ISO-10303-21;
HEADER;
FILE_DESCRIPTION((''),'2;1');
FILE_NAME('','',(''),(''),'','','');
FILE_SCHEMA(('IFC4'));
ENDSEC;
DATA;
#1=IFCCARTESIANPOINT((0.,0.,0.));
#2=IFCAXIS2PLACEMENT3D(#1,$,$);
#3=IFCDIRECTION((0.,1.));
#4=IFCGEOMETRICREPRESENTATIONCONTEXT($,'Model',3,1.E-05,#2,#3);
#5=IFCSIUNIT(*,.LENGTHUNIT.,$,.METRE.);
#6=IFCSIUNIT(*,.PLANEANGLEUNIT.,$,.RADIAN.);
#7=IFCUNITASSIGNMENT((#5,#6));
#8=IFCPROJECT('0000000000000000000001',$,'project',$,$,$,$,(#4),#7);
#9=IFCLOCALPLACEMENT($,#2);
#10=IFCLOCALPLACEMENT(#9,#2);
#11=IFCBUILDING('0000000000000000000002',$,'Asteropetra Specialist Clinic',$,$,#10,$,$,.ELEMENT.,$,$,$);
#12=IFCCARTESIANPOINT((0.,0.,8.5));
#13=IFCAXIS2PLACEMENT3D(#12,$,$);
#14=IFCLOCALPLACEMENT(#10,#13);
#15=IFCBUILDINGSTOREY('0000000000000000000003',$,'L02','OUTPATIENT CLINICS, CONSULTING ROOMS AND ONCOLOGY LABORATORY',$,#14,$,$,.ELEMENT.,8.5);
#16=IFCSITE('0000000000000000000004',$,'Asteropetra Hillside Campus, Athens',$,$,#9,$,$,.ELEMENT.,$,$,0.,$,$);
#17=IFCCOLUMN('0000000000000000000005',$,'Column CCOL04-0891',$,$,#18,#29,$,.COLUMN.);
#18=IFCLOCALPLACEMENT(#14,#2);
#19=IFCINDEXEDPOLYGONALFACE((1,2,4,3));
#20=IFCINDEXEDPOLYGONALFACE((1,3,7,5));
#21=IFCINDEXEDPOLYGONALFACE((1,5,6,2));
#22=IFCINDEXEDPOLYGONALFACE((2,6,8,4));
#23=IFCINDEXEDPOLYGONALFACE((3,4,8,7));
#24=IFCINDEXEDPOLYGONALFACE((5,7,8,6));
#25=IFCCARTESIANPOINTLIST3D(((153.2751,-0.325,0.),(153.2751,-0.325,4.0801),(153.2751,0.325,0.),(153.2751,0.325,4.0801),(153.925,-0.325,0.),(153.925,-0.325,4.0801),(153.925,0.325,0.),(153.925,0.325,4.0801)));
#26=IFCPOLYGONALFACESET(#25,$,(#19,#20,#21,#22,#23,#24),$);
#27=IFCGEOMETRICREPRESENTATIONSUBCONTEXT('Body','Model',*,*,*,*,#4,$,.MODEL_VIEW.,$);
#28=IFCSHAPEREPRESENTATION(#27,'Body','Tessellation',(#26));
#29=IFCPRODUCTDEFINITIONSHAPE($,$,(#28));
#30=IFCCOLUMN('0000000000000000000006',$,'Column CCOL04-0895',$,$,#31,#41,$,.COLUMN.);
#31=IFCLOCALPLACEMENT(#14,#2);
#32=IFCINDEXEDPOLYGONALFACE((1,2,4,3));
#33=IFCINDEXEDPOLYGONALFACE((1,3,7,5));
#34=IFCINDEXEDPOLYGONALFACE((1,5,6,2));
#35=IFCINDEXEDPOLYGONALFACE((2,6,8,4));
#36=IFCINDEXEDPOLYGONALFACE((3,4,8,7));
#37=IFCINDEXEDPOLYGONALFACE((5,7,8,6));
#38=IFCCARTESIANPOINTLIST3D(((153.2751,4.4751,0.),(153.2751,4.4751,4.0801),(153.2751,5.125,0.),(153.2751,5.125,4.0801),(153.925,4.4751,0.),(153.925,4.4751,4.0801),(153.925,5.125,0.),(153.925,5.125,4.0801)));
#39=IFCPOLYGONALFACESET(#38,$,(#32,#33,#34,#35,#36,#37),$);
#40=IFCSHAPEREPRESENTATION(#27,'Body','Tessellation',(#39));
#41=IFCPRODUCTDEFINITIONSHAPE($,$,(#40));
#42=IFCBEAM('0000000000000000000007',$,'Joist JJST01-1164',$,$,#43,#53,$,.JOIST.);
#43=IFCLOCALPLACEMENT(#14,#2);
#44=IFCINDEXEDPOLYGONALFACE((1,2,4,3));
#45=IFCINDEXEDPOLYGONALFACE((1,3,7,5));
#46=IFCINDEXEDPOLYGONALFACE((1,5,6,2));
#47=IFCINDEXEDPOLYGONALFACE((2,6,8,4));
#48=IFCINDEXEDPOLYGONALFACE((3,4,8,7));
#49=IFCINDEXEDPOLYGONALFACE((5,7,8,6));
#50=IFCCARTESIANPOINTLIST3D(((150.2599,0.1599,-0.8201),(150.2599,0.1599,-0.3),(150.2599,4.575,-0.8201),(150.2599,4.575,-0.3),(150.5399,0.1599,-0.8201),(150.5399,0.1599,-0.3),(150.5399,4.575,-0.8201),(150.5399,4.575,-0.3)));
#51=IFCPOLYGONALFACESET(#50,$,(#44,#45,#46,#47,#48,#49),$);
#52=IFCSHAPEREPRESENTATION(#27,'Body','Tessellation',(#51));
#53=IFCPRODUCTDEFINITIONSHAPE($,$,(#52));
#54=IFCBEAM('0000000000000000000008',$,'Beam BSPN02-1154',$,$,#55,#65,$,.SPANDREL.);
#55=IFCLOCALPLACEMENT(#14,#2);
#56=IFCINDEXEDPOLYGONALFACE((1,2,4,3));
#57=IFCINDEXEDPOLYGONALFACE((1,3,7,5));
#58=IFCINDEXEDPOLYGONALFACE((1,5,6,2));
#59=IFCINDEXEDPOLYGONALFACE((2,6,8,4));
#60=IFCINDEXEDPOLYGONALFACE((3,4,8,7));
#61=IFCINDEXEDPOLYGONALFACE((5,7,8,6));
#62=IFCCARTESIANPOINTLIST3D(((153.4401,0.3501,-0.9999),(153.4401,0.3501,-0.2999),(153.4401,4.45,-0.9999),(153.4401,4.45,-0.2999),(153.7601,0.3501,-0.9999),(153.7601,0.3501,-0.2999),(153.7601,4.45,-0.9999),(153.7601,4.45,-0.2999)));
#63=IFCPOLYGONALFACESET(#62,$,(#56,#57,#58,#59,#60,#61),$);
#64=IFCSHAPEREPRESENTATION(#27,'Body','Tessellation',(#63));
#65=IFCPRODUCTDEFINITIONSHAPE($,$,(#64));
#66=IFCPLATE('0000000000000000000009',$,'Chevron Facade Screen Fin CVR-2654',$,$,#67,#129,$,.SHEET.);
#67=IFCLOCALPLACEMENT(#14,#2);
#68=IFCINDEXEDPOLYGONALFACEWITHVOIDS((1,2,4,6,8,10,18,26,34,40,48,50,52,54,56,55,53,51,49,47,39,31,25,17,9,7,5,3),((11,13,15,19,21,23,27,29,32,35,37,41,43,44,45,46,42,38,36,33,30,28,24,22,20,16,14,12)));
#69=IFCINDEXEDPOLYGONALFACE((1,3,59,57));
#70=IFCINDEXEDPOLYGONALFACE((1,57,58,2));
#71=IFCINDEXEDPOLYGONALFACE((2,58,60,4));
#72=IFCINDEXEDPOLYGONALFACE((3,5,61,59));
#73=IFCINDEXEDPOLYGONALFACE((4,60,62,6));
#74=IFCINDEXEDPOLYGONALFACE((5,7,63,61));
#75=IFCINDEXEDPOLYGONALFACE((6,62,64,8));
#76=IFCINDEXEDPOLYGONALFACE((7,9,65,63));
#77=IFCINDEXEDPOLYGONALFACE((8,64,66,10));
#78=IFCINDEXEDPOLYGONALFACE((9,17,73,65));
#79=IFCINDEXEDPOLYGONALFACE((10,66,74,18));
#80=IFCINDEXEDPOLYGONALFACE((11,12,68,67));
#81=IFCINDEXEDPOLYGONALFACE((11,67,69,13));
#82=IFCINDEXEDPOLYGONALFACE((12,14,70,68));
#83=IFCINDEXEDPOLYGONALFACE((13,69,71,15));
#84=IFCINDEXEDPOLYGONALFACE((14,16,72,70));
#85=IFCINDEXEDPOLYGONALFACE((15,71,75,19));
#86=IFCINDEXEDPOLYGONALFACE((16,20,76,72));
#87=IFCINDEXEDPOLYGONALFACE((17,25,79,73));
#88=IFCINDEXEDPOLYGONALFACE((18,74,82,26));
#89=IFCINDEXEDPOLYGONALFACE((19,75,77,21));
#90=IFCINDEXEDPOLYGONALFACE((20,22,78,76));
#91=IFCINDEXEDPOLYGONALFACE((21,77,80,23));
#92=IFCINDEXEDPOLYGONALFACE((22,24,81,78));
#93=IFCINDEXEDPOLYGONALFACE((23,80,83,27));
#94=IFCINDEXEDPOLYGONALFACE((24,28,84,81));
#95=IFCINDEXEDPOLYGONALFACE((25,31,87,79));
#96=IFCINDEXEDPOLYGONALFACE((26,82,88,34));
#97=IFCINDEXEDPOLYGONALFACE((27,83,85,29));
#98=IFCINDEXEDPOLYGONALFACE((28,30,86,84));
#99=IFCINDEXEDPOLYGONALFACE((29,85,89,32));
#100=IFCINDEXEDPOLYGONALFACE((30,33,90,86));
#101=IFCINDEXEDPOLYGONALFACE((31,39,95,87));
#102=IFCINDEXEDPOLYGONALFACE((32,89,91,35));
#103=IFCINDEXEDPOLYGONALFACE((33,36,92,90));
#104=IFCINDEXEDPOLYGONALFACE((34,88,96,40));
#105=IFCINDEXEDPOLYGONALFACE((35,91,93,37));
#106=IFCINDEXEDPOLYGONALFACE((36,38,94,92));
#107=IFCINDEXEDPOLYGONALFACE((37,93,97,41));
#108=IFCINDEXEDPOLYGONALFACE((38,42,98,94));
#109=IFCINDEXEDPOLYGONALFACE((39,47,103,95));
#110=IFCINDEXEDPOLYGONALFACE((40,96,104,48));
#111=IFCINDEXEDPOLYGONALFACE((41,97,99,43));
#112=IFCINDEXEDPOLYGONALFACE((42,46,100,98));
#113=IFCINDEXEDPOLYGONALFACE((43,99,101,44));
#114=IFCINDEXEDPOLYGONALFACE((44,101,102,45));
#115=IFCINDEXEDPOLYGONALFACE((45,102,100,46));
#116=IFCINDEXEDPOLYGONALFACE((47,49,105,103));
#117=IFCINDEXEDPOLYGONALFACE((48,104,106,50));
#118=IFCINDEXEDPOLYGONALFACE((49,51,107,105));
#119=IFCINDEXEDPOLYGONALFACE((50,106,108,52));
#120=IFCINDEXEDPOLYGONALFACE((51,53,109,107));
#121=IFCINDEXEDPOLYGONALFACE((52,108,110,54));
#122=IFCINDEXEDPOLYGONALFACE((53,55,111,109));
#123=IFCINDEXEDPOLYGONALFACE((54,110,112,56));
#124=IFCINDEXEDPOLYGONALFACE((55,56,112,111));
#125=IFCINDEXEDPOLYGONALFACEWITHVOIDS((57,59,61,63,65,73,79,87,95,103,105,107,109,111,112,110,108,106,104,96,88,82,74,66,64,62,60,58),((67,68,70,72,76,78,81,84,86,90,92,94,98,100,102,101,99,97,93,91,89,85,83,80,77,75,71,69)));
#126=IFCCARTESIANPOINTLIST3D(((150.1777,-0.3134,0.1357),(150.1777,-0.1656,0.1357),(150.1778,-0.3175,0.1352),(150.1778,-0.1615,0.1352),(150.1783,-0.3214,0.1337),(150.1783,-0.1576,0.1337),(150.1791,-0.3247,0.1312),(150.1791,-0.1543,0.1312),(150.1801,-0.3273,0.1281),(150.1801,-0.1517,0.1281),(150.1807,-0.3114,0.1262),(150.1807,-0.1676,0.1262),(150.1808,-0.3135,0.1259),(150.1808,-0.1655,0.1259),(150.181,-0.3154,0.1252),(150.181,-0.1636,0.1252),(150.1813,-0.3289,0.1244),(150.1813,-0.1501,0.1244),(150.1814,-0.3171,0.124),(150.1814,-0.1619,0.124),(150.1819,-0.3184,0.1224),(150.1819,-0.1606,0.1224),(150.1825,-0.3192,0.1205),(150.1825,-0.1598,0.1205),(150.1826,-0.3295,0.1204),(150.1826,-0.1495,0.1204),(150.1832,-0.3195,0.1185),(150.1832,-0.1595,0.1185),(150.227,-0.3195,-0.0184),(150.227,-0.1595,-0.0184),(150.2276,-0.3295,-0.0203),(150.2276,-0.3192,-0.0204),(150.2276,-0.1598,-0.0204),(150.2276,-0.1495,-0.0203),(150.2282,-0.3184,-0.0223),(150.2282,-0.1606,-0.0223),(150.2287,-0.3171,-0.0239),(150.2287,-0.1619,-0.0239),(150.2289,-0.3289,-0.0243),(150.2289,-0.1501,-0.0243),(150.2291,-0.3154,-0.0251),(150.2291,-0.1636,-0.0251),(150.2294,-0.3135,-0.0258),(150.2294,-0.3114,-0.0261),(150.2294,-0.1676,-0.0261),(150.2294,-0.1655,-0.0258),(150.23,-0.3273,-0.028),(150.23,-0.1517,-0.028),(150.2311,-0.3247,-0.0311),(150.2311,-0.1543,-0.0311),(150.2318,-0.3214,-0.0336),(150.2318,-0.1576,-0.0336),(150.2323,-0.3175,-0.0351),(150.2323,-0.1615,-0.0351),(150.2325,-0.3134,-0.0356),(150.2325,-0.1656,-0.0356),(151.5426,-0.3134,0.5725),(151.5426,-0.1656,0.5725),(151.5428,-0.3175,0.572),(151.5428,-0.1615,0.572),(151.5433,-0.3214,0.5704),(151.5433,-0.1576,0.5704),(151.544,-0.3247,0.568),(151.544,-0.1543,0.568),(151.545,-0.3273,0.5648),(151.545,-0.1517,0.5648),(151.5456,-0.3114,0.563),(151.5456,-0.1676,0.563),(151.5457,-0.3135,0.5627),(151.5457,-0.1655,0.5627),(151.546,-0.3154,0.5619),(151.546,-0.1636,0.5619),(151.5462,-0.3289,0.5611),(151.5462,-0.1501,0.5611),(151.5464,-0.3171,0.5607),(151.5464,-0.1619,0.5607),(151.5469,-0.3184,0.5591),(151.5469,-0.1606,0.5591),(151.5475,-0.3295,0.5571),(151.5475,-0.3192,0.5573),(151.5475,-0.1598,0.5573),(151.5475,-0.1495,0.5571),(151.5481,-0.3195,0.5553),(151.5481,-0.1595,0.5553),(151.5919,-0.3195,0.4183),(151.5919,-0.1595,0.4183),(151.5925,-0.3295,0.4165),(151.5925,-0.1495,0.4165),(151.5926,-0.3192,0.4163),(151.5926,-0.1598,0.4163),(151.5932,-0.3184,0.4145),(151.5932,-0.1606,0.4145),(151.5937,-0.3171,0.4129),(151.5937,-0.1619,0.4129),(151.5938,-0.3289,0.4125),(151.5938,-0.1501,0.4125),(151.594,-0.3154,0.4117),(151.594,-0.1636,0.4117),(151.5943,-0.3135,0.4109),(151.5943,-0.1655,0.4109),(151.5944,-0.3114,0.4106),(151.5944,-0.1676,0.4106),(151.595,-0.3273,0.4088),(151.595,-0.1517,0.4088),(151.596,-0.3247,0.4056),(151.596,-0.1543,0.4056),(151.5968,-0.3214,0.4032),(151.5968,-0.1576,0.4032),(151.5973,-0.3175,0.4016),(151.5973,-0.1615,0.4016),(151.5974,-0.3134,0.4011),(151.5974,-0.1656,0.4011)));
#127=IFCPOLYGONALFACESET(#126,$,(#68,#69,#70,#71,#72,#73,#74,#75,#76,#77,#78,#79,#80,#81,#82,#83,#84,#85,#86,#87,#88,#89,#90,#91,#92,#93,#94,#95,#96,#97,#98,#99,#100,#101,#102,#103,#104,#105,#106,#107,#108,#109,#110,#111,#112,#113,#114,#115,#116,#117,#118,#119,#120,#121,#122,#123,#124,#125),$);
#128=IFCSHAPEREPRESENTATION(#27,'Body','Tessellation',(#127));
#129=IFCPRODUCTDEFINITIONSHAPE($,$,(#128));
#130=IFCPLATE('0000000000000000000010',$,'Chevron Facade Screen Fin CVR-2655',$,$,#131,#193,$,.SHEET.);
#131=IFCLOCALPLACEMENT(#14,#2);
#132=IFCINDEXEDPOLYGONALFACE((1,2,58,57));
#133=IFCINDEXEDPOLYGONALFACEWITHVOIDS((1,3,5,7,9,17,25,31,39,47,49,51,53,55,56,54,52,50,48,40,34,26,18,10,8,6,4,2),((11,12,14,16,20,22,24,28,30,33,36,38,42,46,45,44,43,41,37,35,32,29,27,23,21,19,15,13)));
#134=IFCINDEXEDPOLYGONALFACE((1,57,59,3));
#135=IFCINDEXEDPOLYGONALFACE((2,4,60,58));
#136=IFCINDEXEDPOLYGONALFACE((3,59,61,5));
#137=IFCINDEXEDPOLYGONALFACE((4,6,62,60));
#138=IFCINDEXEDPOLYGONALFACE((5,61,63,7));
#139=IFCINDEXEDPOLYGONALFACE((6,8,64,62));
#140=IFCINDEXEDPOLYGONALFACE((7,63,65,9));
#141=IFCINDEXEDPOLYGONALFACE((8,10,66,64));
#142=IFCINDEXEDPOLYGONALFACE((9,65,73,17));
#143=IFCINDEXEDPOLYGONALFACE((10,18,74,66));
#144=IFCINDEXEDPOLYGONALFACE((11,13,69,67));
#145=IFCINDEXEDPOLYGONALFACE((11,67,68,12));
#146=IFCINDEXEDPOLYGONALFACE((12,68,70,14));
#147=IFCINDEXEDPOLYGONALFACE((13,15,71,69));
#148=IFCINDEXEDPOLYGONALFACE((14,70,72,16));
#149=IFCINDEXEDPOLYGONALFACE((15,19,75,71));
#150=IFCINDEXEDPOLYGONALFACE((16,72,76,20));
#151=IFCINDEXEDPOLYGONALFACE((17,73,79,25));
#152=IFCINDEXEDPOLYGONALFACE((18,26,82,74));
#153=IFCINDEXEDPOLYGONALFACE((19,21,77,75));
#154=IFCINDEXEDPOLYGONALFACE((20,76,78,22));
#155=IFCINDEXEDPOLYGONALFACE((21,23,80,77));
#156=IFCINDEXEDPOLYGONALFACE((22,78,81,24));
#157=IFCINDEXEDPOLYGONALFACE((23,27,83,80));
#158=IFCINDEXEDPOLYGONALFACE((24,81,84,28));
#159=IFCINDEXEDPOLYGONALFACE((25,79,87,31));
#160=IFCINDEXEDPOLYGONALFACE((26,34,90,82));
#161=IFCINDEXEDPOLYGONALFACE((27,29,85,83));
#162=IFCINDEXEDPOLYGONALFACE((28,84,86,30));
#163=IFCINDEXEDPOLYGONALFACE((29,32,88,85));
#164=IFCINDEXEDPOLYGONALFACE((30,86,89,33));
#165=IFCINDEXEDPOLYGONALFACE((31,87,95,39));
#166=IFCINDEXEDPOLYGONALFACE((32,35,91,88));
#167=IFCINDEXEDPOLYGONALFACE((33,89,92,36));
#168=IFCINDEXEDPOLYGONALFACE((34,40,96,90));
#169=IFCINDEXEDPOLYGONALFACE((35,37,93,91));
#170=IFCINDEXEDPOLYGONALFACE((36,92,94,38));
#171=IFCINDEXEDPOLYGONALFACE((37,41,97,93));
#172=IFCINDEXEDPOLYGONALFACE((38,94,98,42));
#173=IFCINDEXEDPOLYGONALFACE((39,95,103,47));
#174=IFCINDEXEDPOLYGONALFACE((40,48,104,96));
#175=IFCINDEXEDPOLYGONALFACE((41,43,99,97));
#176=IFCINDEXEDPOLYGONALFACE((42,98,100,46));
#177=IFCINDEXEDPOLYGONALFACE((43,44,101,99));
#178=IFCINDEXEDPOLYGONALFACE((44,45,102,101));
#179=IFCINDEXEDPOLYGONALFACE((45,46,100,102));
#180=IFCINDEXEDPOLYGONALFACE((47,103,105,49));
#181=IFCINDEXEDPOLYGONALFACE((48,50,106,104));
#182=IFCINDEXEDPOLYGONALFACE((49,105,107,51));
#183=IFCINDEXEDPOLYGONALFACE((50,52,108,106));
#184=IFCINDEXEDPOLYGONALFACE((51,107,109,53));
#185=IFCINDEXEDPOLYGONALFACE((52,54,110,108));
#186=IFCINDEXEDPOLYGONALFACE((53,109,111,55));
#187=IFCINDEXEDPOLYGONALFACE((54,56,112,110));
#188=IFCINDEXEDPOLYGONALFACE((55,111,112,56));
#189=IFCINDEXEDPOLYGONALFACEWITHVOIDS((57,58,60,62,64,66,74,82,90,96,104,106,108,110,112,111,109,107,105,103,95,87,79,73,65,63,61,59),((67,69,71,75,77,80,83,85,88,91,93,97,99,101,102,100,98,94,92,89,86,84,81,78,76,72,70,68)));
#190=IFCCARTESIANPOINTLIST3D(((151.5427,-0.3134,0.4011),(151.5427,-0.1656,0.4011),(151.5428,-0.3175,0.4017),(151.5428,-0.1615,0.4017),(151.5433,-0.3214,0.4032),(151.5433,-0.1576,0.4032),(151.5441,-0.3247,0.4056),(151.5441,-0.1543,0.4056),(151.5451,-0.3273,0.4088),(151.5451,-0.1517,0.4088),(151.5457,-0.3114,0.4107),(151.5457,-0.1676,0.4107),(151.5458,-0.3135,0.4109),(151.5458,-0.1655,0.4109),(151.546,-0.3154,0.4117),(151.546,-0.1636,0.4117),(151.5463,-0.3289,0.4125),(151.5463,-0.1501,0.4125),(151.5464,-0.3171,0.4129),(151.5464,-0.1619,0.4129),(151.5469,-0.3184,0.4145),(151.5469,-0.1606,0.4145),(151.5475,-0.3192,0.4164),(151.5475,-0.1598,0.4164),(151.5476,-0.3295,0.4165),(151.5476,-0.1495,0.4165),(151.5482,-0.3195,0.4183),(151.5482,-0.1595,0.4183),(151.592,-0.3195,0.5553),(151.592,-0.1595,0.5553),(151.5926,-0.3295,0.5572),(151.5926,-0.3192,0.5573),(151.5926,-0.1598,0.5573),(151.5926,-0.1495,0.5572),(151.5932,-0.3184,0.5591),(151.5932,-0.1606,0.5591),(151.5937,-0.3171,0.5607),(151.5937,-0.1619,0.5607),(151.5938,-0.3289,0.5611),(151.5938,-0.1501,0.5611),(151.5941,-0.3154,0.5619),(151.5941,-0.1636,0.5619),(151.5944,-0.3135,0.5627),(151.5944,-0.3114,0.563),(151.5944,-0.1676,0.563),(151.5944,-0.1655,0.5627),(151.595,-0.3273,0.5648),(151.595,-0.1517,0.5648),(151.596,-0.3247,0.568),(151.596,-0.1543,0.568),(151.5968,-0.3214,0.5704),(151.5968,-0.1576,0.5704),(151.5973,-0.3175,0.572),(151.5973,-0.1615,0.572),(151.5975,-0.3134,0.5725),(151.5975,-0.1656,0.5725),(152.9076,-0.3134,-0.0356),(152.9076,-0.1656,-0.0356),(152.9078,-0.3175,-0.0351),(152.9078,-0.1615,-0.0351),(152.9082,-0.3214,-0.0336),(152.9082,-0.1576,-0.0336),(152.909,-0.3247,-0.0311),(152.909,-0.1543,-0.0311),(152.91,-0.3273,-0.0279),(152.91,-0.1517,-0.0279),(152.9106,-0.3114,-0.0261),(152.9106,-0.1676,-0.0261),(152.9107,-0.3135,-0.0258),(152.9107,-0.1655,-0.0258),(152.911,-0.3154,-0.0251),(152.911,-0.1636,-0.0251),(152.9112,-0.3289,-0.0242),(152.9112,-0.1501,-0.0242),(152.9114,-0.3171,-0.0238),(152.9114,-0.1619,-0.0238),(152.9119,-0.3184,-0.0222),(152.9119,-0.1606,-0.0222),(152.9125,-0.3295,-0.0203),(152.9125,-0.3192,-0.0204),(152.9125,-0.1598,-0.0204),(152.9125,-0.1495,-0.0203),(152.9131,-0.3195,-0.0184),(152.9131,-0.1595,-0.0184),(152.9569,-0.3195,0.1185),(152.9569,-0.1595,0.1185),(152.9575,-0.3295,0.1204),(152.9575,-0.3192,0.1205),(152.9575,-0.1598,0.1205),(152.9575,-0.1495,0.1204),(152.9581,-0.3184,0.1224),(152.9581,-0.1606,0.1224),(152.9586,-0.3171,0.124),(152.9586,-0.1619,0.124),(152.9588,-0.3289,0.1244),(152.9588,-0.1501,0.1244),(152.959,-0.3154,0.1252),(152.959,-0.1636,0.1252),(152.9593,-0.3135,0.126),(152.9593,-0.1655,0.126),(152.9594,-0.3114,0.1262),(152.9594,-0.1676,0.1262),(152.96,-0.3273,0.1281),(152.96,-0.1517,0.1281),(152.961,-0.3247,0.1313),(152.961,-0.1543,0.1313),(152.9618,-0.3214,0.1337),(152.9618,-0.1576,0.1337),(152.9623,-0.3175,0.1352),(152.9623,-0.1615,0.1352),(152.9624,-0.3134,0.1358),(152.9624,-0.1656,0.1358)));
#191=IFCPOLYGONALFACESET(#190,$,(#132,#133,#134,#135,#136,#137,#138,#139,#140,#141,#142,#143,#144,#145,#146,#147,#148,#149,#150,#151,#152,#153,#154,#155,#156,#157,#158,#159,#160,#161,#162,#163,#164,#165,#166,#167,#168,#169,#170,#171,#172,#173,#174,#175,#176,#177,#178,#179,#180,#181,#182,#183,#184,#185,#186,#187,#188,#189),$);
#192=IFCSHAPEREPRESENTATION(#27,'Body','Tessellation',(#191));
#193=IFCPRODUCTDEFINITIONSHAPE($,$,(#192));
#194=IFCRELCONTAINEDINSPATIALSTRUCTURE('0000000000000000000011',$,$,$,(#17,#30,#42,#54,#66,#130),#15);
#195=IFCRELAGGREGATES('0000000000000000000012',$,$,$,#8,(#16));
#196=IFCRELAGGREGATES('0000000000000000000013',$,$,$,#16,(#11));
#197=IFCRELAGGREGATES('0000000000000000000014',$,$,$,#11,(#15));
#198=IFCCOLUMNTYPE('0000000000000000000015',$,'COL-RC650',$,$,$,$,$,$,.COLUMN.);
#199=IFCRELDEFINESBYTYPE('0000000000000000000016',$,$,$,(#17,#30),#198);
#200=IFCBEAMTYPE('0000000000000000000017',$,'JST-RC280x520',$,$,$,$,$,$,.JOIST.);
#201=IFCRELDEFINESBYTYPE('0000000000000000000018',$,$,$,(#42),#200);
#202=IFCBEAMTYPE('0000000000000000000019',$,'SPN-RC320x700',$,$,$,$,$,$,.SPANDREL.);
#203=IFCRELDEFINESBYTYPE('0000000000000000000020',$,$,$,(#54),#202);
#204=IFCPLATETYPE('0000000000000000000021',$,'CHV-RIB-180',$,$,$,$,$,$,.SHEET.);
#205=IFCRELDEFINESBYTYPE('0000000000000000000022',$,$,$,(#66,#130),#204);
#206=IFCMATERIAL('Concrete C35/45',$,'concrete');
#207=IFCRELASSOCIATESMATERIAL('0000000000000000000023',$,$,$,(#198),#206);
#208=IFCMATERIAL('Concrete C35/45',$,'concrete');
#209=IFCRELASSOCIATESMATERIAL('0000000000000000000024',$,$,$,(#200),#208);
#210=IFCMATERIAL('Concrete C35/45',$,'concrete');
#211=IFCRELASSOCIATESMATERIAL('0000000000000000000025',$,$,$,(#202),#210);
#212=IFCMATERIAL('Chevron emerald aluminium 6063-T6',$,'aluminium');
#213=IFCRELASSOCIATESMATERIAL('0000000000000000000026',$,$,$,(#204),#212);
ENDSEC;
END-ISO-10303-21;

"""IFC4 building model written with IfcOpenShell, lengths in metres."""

from ifc_helpers import new_model, si_unit, direction, frame, origin, origin_2d, place, context, subcontext, project, spatial, rectangle, hollow_rectangle, extrude, material, material_profile, profile_set, type_object, element, save


model = new_model("IFC4")

# Units and contexts
model_context = context("Model", 3, precision=1e-05, world=origin(), true_north=direction((0.0, 1.0)))
body_context = subcontext(model_context, "Body", "Model", "MODEL_VIEW")
ifc_project = project(units=[si_unit("LENGTHUNIT", "METRE"), si_unit("PLANEANGLEUNIT", "RADIAN")], contexts=[model_context])

# Site, building, storey
site_placement = place(None, origin())
site = spatial("IfcSite", under=ifc_project, at=site_placement, Name="Asteropetra Hillside Campus, Athens", CompositionType="ELEMENT", RefElevation=0.0)
building_placement = place(site_placement, origin())
building = spatial("IfcBuilding", under=site, at=building_placement, Name="Asteropetra Specialist Clinic", CompositionType="ELEMENT")
storey_placement = place(building_placement, frame((0.0, 0.0, 8.5)))
storey = spatial("IfcBuildingStorey", under=building, at=storey_placement, Name="L02", Description="OUTPATIENT CLINICS, CONSULTING ROOMS AND ONCOLOGY LABORATORY", CompositionType="ELEMENT", Elevation=8.5)

# Columns
ifc_material_1 = material(Name="Concrete C35/45", Category="concrete")
ifc_material_profile_1 = material_profile(ifc_material_1, rectangle(XDim=0.6499, YDim=0.6499, at=origin_2d()), Name="RC 650x650")
ifc_profile_set_1 = profile_set([ifc_material_profile_1], Name="Concrete C35/45")
column_type = type_object("IfcColumnType", Name="COL-RC650", PredefinedType="COLUMN", material=ifc_profile_set_1)
for number, where, z_axis, x_axis, name in (
    (1, (153.6001, 0.0, 0.0), (0.0, 0.0, 1.0), (1.0, 0.0, 0.0), "Column CCOL04-0891"),
    (2, (153.6001, 4.8, 0.0), (0.0, 0.0, 1.0), (1.0, 0.0, 0.0), "Column CCOL04-0895"),
):
    element("IfcColumn", number, at=place(storey_placement, frame(where, z_axis=z_axis, x_axis=x_axis)), inside=storey, type_object=column_type, Name=name, PredefinedType="COLUMN", context=body_context, shape_type="SweptSolid", body=[
        extrude(rectangle(XDim=0.6499, YDim=0.6499, at=origin_2d()), origin(), (0.0, 0.0, 1.0), 4.0801),
    ])

# Beams
ifc_material_2 = material(Name="Concrete C35/45", Category="concrete")
ifc_material_profile_2 = material_profile(ifc_material_2, rectangle(XDim=0.28, YDim=0.52, at=origin_2d()), Name="RCJ 280x520")
ifc_profile_set_2 = profile_set([ifc_material_profile_2], Name="Concrete C35/45")
beam_type_1 = type_object("IfcBeamType", Name="JST-RC280x520", PredefinedType="JOIST", material=ifc_profile_set_2)
beam_1_placement = place(storey_placement, frame((150.3999, 0.1599, -0.5601), z_axis=(0.0, 1.0, 0.0), x_axis=(-1.0, 0.0, 0.0)))
element("IfcBeam", 3, at=beam_1_placement, inside=storey, type_object=beam_type_1, Name="Joist JJST01-1164", PredefinedType="JOIST", context=body_context, shape_type="SweptSolid", body=[
    extrude(rectangle(XDim=0.28, YDim=0.52, at=origin_2d()), origin(), (0.0, 0.0, 1.0), 4.415),
])
ifc_material_3 = material(Name="Concrete C35/45", Category="concrete")
ifc_material_profile_3 = material_profile(ifc_material_3, rectangle(XDim=0.3201, YDim=0.7, at=origin_2d()), Name="RCS 320x700")
ifc_profile_set_3 = profile_set([ifc_material_profile_3], Name="Concrete C35/45")
beam_type_2 = type_object("IfcBeamType", Name="SPN-RC320x700", PredefinedType="SPANDREL", material=ifc_profile_set_3)
beam_2_placement = place(storey_placement, frame((153.6001, 0.3501, -0.6499), z_axis=(0.0, 1.0, 0.0), x_axis=(-1.0, 0.0, 0.0)))
element("IfcBeam", 4, at=beam_2_placement, inside=storey, type_object=beam_type_2, Name="Beam BSPN02-1154", PredefinedType="SPANDREL", context=body_context, shape_type="SweptSolid", body=[
    extrude(rectangle(XDim=0.3201, YDim=0.7, at=origin_2d()), origin(), (0.0, 0.0, 1.0), 4.0999),
])

# Plates
ifc_material_4 = material(Name="Chevron emerald aluminium 6063-T6", Category="aluminium")
ifc_material_profile_4 = material_profile(ifc_material_4, hollow_rectangle(XDim=0.1799, YDim=0.1799, WallThickness=0.01, InnerFilletRadius=0.0081, OuterFilletRadius=0.0161, at=origin_2d()), Name="SHS 180x180x10.0")
ifc_profile_set_4 = profile_set([ifc_material_profile_4], Name="Chevron emerald aluminium 6063-T6")
plate_type = type_object("IfcPlateType", Name="CHV-RIB-180", PredefinedType="SHEET", material=ifc_profile_set_4)
for number, where, z_axis, x_axis, name in (
    (5, (150.2051, -0.2395, 0.05), (0.95243, 0.0, 0.304757), (0.0, 1.0, 0.0), "Chevron Facade Screen Fin CVR-2654"),
    (6, (151.5701, -0.2395, 0.4868), (0.95243, 0.0, -0.304757), (0.0, 1.0, 0.0), "Chevron Facade Screen Fin CVR-2655"),
):
    element("IfcPlate", number, at=place(storey_placement, frame(where, z_axis=z_axis, x_axis=x_axis)), inside=storey, type_object=plate_type, Name=name, PredefinedType="SHEET", context=body_context, shape_type="SweptSolid", body=[
        extrude(hollow_rectangle(XDim=0.1799, YDim=0.1799, WallThickness=0.01, InnerFilletRadius=0.0081, OuterFilletRadius=0.0161, at=origin_2d()), origin(), (0.0, 0.0, 1.0), 1.4331),
    ])

save(model, "model.ifc")
